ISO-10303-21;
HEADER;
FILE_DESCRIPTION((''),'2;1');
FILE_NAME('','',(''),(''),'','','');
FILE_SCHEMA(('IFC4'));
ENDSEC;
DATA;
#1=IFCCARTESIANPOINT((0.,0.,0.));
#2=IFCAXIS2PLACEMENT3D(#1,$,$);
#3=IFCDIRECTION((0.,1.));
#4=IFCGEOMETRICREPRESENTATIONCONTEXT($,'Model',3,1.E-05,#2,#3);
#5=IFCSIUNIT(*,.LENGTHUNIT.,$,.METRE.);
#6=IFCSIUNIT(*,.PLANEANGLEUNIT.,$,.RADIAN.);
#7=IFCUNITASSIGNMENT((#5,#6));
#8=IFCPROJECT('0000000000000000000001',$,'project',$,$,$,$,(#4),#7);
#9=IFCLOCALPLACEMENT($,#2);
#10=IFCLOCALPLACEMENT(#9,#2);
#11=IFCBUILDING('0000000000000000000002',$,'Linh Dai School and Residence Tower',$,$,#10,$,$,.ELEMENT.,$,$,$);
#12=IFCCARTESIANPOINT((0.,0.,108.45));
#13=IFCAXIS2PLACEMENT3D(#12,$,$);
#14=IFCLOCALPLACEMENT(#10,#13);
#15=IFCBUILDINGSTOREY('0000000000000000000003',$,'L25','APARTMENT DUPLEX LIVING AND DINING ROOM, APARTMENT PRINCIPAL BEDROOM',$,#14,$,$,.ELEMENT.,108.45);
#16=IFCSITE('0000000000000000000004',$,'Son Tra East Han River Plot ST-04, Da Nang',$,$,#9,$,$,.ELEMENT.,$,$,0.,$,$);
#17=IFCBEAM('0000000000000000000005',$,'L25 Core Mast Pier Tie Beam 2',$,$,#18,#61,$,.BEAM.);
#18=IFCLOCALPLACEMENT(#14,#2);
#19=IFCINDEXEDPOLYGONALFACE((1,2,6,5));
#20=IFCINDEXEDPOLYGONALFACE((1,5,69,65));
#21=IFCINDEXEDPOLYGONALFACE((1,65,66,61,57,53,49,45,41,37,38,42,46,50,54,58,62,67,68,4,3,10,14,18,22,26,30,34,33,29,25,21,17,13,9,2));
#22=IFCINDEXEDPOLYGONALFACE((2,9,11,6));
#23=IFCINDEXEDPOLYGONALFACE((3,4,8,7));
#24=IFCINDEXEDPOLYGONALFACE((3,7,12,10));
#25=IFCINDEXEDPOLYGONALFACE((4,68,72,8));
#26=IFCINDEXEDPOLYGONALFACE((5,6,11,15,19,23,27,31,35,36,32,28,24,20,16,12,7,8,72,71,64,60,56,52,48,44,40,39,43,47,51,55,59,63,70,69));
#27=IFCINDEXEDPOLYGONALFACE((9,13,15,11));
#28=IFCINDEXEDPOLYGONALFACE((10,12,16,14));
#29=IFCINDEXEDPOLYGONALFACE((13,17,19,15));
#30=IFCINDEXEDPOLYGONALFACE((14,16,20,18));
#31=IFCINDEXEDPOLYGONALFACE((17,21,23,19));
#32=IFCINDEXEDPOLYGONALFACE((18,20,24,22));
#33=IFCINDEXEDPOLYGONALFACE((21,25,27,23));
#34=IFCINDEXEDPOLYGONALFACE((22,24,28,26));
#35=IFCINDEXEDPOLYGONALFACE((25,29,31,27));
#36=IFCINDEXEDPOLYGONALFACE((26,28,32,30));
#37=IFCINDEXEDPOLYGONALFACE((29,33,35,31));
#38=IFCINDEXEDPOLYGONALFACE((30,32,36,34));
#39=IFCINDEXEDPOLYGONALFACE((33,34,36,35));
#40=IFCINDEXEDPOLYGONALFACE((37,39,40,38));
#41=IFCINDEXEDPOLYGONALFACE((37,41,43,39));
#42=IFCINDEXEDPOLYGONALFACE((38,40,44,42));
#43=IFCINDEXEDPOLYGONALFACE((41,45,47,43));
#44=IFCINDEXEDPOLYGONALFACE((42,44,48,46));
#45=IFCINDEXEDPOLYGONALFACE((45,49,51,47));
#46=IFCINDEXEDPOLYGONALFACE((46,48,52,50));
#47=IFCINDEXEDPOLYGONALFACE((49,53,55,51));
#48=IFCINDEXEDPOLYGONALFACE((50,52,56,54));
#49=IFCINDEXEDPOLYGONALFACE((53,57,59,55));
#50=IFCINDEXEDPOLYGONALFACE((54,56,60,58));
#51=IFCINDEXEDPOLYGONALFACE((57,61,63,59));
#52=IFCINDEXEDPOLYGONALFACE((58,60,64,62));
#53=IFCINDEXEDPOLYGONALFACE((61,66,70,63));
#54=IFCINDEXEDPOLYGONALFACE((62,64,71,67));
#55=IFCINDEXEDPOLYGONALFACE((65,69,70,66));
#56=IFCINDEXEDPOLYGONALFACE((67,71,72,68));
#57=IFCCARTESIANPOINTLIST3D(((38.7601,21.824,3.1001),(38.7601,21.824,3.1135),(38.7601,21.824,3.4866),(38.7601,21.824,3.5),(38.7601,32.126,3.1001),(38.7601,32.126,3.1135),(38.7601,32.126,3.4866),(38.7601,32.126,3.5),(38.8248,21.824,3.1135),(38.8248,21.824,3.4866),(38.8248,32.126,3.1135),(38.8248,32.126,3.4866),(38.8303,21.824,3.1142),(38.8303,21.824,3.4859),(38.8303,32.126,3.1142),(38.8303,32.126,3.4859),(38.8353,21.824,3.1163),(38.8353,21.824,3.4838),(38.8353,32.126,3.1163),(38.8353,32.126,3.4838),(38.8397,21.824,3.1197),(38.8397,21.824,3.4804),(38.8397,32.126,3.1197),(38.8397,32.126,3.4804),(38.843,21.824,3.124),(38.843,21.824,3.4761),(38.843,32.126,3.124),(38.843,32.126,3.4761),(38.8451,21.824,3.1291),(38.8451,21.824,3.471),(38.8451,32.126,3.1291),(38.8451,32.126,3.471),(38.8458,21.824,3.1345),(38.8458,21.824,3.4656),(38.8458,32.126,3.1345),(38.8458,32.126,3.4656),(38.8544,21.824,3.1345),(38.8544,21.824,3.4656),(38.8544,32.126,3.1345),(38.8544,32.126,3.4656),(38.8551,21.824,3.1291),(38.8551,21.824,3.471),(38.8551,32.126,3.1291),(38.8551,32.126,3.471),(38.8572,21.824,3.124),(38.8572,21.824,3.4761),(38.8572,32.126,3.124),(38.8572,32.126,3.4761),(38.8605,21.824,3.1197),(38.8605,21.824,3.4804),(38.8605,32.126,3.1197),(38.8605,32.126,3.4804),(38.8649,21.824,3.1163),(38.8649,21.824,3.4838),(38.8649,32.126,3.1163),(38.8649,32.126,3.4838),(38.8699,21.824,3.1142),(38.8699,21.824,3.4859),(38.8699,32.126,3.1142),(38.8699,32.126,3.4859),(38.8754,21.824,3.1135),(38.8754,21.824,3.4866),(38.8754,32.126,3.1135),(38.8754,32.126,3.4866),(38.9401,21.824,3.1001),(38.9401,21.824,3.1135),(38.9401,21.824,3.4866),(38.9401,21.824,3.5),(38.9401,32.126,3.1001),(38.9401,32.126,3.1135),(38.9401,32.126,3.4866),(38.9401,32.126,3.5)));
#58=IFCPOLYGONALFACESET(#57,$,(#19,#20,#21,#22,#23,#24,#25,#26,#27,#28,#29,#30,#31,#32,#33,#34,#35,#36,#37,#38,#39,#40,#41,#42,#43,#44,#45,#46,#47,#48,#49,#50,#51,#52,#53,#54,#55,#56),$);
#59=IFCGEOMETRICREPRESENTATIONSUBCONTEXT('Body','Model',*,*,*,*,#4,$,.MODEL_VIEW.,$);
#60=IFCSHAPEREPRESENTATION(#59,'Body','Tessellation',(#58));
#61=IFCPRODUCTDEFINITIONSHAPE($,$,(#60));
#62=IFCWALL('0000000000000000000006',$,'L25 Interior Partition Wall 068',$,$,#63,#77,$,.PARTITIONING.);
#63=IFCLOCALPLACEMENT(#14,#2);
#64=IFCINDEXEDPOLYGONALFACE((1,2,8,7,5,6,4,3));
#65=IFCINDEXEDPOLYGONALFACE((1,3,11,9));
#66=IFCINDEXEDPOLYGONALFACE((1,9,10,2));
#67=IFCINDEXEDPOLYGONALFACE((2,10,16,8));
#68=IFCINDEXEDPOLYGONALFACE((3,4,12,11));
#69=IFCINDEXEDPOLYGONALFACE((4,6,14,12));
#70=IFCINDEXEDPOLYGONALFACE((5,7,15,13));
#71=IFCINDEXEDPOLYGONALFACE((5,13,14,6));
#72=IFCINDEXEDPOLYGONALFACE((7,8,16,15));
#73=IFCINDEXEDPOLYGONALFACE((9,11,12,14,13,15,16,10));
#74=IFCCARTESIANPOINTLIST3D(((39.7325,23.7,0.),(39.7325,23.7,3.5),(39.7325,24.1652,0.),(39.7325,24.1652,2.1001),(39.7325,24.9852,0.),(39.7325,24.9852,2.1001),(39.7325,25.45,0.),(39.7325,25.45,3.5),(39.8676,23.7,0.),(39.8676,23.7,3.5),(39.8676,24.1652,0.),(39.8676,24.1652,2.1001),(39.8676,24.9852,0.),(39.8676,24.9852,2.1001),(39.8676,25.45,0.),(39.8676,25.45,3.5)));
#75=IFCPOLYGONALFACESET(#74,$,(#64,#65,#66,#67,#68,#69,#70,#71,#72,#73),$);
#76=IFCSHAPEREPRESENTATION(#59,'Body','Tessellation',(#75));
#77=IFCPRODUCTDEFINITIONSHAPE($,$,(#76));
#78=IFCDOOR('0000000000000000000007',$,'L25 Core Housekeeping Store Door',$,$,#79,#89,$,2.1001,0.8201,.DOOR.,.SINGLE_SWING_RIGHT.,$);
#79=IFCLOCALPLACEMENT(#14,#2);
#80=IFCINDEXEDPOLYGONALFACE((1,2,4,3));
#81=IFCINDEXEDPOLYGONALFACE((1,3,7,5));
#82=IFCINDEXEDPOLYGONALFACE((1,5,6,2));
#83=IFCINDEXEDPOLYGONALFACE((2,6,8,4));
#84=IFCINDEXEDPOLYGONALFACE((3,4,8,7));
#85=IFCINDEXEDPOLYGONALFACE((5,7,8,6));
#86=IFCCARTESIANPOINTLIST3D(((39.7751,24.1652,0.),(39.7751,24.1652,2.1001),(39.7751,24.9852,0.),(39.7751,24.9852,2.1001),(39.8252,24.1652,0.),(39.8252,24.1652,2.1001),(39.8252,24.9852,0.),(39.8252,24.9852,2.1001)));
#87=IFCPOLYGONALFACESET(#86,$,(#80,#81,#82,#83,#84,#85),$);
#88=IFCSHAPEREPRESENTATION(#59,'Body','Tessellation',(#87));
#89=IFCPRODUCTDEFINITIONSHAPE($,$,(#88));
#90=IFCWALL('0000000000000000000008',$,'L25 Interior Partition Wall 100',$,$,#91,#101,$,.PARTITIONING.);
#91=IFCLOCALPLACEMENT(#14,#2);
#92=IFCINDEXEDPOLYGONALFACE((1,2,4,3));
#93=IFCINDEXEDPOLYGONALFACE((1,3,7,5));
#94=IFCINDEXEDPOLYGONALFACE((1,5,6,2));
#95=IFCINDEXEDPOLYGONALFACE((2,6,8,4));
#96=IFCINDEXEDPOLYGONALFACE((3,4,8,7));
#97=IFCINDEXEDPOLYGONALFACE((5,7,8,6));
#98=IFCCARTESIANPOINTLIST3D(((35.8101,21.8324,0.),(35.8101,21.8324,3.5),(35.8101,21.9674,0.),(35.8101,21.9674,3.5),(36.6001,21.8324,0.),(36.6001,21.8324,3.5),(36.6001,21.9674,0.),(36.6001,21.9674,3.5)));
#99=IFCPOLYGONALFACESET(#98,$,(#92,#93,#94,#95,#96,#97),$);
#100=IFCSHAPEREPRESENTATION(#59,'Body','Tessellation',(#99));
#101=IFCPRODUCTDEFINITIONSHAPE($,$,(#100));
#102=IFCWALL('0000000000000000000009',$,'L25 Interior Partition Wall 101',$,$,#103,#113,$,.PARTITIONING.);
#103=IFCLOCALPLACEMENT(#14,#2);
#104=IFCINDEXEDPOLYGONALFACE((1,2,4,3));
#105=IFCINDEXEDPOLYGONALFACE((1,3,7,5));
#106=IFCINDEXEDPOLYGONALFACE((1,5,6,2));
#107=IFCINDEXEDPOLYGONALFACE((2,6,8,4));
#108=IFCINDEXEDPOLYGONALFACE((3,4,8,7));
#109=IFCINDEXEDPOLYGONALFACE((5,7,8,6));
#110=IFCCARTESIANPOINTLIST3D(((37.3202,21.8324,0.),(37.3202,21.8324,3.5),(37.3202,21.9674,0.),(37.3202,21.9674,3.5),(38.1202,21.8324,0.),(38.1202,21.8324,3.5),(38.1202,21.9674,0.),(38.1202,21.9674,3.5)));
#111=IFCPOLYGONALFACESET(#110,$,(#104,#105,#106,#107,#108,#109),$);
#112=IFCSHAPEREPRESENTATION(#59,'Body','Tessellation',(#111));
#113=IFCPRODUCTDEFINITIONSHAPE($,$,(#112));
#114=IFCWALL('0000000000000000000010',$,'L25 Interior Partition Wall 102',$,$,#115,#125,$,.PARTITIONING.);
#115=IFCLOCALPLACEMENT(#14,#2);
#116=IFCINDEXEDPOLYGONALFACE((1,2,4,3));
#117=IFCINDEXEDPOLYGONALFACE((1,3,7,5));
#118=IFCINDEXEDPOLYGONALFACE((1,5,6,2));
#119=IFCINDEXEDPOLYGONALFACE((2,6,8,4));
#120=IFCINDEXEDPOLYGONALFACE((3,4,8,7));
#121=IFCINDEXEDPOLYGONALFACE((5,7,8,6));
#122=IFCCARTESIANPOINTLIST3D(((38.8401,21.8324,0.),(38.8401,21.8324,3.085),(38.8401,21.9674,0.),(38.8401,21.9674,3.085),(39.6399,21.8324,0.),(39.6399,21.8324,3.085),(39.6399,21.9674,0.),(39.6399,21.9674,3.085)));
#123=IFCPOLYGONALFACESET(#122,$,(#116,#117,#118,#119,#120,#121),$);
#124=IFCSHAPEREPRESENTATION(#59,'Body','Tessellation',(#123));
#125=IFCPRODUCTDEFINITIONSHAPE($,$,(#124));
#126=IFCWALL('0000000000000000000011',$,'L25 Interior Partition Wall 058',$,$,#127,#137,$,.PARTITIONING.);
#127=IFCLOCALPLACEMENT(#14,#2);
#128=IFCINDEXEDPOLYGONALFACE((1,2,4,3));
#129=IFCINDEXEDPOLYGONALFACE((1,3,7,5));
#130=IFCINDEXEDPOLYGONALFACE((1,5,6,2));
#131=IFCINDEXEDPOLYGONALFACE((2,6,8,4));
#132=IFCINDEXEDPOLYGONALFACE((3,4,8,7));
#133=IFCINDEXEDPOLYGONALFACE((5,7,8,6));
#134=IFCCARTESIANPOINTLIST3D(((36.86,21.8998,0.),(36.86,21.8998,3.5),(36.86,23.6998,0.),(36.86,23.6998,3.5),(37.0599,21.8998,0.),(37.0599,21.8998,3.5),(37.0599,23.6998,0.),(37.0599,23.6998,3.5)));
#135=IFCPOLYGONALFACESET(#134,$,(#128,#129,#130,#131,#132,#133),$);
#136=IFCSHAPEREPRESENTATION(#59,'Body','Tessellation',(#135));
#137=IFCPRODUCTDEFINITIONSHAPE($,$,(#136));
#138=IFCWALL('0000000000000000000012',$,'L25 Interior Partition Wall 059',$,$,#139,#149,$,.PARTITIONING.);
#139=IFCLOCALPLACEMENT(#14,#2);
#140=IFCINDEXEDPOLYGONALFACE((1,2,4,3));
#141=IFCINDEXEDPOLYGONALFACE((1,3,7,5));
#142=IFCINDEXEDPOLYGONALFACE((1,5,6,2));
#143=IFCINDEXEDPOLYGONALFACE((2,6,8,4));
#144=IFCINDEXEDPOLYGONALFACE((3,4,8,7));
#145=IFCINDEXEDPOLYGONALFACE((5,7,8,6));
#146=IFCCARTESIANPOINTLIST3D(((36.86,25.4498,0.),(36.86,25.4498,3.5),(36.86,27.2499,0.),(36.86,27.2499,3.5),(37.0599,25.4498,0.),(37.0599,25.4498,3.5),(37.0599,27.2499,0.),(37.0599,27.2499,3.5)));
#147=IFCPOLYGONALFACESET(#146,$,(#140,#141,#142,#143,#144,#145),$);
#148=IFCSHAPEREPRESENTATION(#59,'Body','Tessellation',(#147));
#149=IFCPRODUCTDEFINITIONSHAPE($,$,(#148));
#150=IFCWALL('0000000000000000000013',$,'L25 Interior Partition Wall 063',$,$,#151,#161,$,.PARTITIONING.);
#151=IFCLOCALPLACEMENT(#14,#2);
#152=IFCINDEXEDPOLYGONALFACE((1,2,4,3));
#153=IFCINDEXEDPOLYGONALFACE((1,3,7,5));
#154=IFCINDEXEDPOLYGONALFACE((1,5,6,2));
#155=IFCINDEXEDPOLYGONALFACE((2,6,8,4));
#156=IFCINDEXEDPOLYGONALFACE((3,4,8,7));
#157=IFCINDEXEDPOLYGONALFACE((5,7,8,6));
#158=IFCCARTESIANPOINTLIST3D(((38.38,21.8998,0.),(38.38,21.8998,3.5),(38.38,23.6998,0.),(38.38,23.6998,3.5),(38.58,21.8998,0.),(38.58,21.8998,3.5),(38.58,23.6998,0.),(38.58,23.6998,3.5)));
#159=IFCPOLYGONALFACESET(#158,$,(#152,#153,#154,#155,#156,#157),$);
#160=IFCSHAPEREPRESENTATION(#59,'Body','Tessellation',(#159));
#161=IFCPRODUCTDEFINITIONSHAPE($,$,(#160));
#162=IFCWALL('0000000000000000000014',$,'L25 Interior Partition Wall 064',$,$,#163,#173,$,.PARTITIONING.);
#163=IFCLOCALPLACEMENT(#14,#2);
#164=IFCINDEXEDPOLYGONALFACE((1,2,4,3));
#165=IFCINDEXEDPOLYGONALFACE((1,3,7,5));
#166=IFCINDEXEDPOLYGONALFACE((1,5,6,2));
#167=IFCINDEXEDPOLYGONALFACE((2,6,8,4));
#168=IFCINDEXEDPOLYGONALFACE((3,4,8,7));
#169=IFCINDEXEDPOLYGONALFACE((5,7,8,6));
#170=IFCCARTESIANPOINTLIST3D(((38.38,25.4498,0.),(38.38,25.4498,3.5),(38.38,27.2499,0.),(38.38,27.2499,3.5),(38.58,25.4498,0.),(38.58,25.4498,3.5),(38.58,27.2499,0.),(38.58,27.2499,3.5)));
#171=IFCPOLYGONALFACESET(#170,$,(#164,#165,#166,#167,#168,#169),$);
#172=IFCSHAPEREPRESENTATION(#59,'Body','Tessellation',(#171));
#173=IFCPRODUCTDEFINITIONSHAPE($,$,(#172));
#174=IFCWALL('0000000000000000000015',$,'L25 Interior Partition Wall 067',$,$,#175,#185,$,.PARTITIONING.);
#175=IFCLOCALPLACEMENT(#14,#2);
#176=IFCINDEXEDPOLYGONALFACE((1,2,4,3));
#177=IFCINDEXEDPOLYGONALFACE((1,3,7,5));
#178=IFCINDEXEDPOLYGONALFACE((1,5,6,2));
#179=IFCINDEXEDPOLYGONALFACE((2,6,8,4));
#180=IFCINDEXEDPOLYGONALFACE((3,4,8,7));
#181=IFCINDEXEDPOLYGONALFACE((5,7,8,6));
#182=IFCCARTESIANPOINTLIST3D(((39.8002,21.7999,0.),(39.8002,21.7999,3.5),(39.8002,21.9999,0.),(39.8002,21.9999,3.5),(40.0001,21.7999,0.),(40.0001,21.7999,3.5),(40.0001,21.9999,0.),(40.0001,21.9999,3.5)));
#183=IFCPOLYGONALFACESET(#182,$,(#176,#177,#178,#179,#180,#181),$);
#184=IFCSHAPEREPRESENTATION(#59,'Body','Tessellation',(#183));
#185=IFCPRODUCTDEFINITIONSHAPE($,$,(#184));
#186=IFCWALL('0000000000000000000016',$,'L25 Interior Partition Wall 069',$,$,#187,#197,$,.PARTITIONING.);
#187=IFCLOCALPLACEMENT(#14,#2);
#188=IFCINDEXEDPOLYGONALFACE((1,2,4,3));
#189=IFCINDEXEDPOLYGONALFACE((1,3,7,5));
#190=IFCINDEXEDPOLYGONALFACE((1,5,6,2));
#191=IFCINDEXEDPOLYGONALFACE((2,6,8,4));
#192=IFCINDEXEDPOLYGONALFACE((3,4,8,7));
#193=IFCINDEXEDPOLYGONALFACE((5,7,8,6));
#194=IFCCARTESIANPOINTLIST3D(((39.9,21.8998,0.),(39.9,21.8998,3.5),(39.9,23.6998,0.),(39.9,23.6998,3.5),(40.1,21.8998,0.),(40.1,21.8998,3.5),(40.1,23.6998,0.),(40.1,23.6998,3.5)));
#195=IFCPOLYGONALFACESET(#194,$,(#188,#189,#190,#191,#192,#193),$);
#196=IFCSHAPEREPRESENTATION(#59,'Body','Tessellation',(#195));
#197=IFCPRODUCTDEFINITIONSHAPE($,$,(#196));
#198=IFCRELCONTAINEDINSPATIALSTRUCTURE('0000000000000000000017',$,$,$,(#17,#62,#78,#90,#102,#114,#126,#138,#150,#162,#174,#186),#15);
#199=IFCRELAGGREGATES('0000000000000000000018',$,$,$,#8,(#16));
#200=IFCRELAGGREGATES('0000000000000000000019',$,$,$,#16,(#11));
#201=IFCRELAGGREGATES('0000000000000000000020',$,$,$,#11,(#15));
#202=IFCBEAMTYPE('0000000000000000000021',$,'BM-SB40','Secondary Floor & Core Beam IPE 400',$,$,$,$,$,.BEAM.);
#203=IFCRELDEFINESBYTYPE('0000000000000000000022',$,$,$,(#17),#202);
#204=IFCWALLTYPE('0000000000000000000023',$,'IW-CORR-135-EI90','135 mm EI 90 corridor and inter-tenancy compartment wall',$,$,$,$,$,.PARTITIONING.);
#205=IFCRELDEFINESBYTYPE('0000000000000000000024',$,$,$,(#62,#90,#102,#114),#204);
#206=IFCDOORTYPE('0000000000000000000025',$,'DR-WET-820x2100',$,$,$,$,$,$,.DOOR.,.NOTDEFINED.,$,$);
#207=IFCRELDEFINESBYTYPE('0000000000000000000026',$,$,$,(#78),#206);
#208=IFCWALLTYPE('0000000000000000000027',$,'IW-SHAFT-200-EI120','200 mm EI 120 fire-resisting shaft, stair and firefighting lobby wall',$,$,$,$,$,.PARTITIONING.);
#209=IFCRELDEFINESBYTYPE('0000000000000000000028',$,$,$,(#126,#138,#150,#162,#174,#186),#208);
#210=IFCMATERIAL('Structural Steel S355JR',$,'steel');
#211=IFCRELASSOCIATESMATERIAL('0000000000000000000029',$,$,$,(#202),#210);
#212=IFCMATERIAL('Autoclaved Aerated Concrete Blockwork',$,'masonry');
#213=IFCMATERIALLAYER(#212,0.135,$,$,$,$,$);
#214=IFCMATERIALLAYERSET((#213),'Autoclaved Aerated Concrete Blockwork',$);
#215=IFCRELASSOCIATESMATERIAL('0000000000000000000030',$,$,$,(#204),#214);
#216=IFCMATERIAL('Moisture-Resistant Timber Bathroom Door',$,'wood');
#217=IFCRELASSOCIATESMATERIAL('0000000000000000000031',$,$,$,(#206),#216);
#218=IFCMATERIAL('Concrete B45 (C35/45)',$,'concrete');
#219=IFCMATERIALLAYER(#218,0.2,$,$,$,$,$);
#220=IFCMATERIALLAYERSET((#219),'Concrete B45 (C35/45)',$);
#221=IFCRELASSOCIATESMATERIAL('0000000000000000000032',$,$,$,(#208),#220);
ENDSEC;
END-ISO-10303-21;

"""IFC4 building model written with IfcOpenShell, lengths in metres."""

from ifc_helpers import new_model, si_unit, direction, frame, frame_2d, origin, origin_2d, place, context, subcontext, project, spatial, rectangle, i_section, extrude, source, transform, mapped, material, layer, layer_set, material_profile, profile_set, type_object, element, fill, save


model = new_model("IFC4")

# Units and contexts
model_context = context("Model", 3, precision=1e-05, world=origin(), true_north=direction((0.0, 1.0)))
body_context = subcontext(model_context, "Body", "Model", "MODEL_VIEW")
ifc_project = project(units=[si_unit("LENGTHUNIT", "METRE"), si_unit("PLANEANGLEUNIT", "RADIAN")], contexts=[model_context])

# Site, building, storey
site_placement = place(None, origin())
site = spatial("IfcSite", under=ifc_project, at=site_placement, Name="Son Tra East Han River Plot ST-04, Da Nang", CompositionType="ELEMENT", RefElevation=0.0)
building_placement = place(site_placement, origin())
building = spatial("IfcBuilding", under=site, at=building_placement, Name="Linh Dai School and Residence Tower", CompositionType="ELEMENT")
storey_placement = place(building_placement, frame((0.0, 0.0, 108.45)))
storey = spatial("IfcBuildingStorey", under=building, at=storey_placement, Name="L25", Description="APARTMENT DUPLEX LIVING AND DINING ROOM, APARTMENT PRINCIPAL BEDROOM", CompositionType="ELEMENT", Elevation=108.45)

# Shared definitions
ifc_material_1 = material(Name="Structural Steel S355JR", Category="steel")

# Beam
ifc_material_profile_1 = material_profile(ifc_material_1, i_section(OverallWidth=0.1799, OverallDepth=0.3999, WebThickness=0.0085, FlangeThickness=0.0134, FilletRadius=0.021, at=origin_2d()), Name="IPE 400")
ifc_profile_set_1 = profile_set([ifc_material_profile_1], Name="Structural Steel S355JR")
beam_type = type_object("IfcBeamType", Name="BM-SB40", Description="Secondary Floor & Core Beam IPE 400", PredefinedType="BEAM", material=ifc_profile_set_1)
beam_placement = place(storey_placement, frame((38.8501, 21.824, 3.3), z_axis=(0.0, 1.0, 0.0), x_axis=(-1.0, 0.0, 0.0)))
element("IfcBeam", 1, at=beam_placement, inside=storey, type_object=beam_type, Name="L25 Core Mast Pier Tie Beam 2", PredefinedType="BEAM", context=body_context, shape_type="SweptSolid", body=[
    extrude(i_section(OverallWidth=0.1799, OverallDepth=0.3999, WebThickness=0.0085, FlangeThickness=0.0134, FilletRadius=0.021, at=origin_2d()), origin(), (0.0, 0.0, 1.0), 10.302),
])

# Wall, opening, door
ifc_material_2 = material(Name="Autoclaved Aerated Concrete Blockwork", Category="masonry")
ifc_layer_1 = layer(ifc_material_2, 0.135)
ifc_layer_set_1 = layer_set([ifc_layer_1], Name="Autoclaved Aerated Concrete Blockwork")
wall_type_1 = type_object("IfcWallType", Name="IW-CORR-135-EI90", Description="135 mm EI 90 corridor and inter-tenancy compartment wall", PredefinedType="PARTITIONING", material=ifc_layer_set_1)
wall_1_placement = place(storey_placement, frame((39.8, 23.7, 0.0), z_axis=(0.0, 0.0, 1.0), x_axis=(0.0, 1.0, 0.0)))
wall_1 = element("IfcWall", 2, at=wall_1_placement, inside=storey, type_object=wall_type_1, Name="L25 Interior Partition Wall 068", PredefinedType="PARTITIONING", context=body_context, shape_type="SweptSolid", body=[
    extrude(rectangle(XDim=1.75, YDim=0.135, at=frame_2d((0.875, 0.0))), origin(), (0.0, 0.0, 1.0), 3.5),
])
opening_placement = place(wall_1_placement, frame((0.4651, 0.0, 0.0)))
opening = element("IfcOpeningElement", 3, at=opening_placement, cuts=wall_1, PredefinedType="OPENING", context=body_context, shape_type="SweptSolid", body=[
    extrude(rectangle(XDim=0.8201, YDim=2.1001, at=origin_2d()), frame((0.4102, 0.0776, 1.05), z_axis=(0.0, -1.0, 0.0), x_axis=(1.0, 0.0, 0.0)), (0.0, 0.0, 1.0), 0.155),
])
ifc_material_3 = material(Name="Moisture-Resistant Timber Bathroom Door", Category="wood")
door_type = type_object("IfcDoorType", Name="DR-WET-820x2100", OperationType="NOTDEFINED", PredefinedType="DOOR", material=ifc_material_3)
shared_shape_1 = source(origin(), body_context, "Body", "SweptSolid", [
    extrude(rectangle(XDim=0.8201, YDim=2.1001, at=origin_2d()), frame((0.4102, 0.0249, 1.05), z_axis=(0.0, -1.0, 0.0), x_axis=(1.0, 0.0, 0.0)), (0.0, 0.0, 1.0), 0.05),
])
door_placement = place(opening_placement, origin())
door = element("IfcDoor", 4, at=door_placement, inside=storey, type_object=door_type, Name="L25 Core Housekeeping Store Door", OperationType="SINGLE_SWING_RIGHT", OverallHeight=2.1001, OverallWidth=0.8201, PredefinedType="DOOR", context=body_context, shape_type="MappedRepresentation", body=[
    mapped(shared_shape_1, transform((0.0, 0.0, 0.0), x_axis=(1.0, 0.0, 0.0), y_axis=(0.0, 1.0, 0.0), z_axis=(0.0, 0.0, 1.0), scale=1.0)),
])
fill(opening, door)

# Walls
wall_2_placement = place(storey_placement, frame((36.6001, 21.8999, 0.0), z_axis=(0.0, 0.0, 1.0), x_axis=(-1.0, 0.0, 0.0)))
element("IfcWall", 5, at=wall_2_placement, inside=storey, type_object=wall_type_1, Name="L25 Interior Partition Wall 100", PredefinedType="PARTITIONING", context=body_context, shape_type="SweptSolid", body=[
    extrude(rectangle(XDim=0.79, YDim=0.135, at=frame_2d((0.395, 0.0))), origin(), (0.0, 0.0, 1.0), 3.5),
])
wall_3_placement = place(storey_placement, frame((38.1201, 21.8999, 0.0), z_axis=(0.0, 0.0, 1.0), x_axis=(-1.0, 0.0, 0.0)))
element("IfcWall", 6, at=wall_3_placement, inside=storey, type_object=wall_type_1, Name="L25 Interior Partition Wall 101", PredefinedType="PARTITIONING", context=body_context, shape_type="SweptSolid", body=[
    extrude(rectangle(XDim=0.8, YDim=0.135, at=frame_2d((0.3999, 0.0))), origin(), (0.0, 0.0, 1.0), 3.5),
])
wall_4_placement = place(storey_placement, frame((39.6399, 21.8999, 0.0), z_axis=(0.0, 0.0, 1.0), x_axis=(-1.0, 0.0, 0.0)))
element("IfcWall", 7, at=wall_4_placement, inside=storey, type_object=wall_type_1, Name="L25 Interior Partition Wall 102", PredefinedType="PARTITIONING", context=body_context, shape_type="SweptSolid", body=[
    extrude(rectangle(XDim=0.7998, YDim=0.135, at=frame_2d((0.3999, 0.0))), origin(), (0.0, 0.0, 1.0), 3.085),
])
ifc_material_4 = material(Name="Concrete B45 (C35/45)", Category="concrete")
ifc_layer_2 = layer(ifc_material_4, 0.2)
ifc_layer_set_2 = layer_set([ifc_layer_2], Name="Concrete B45 (C35/45)")
wall_type_2 = type_object("IfcWallType", Name="IW-SHAFT-200-EI120", Description="200 mm EI 120 fire-resisting shaft, stair and firefighting lobby wall", PredefinedType="PARTITIONING", material=ifc_layer_set_2)
for number, where, z_axis, x_axis, name in (
    (8, (36.96, 21.8999, 0.0), (0.0, 0.0, 1.0), (0.0, 1.0, 0.0), "L25 Interior Partition Wall 058"),
    (9, (36.96, 25.45, 0.0), (0.0, 0.0, 1.0), (0.0, 1.0, 0.0), "L25 Interior Partition Wall 059"),
    (10, (38.48, 21.8999, 0.0), (0.0, 0.0, 1.0), (0.0, 1.0, 0.0), "L25 Interior Partition Wall 063"),
    (11, (38.48, 25.45, 0.0), (0.0, 0.0, 1.0), (0.0, 1.0, 0.0), "L25 Interior Partition Wall 064"),
):
    element("IfcWall", number, at=place(storey_placement, frame(where, z_axis=z_axis, x_axis=x_axis)), inside=storey, type_object=wall_type_2, Name=name, PredefinedType="PARTITIONING", context=body_context, shape_type="SweptSolid", body=[
        extrude(rectangle(XDim=1.8, YDim=0.2, at=frame_2d((0.8999, 0.0))), origin(), (0.0, 0.0, 1.0), 3.5),
    ])
wall_5_placement = place(storey_placement, frame((39.8, 21.8999, 0.0), z_axis=(0.0, 0.0, 1.0), x_axis=(1.0, 0.0, 0.0)))
element("IfcWall", 12, at=wall_5_placement, inside=storey, type_object=wall_type_2, Name="L25 Interior Partition Wall 067", PredefinedType="PARTITIONING", context=body_context, shape_type="SweptSolid", body=[
    extrude(rectangle(XDim=0.2, YDim=0.2, at=frame_2d((0.1001, 0.0))), origin(), (0.0, 0.0, 1.0), 3.5),
])
wall_6_placement = place(storey_placement, frame((40.0, 21.8999, 0.0), z_axis=(0.0, 0.0, 1.0), x_axis=(0.0, 1.0, 0.0)))
element("IfcWall", 13, at=wall_6_placement, inside=storey, type_object=wall_type_2, Name="L25 Interior Partition Wall 069", PredefinedType="PARTITIONING", context=body_context, shape_type="SweptSolid", body=[
    extrude(rectangle(XDim=1.8, YDim=0.2, at=frame_2d((0.8999, 0.0))), origin(), (0.0, 0.0, 1.0), 3.5),
])

save(model, "model.ifc")
